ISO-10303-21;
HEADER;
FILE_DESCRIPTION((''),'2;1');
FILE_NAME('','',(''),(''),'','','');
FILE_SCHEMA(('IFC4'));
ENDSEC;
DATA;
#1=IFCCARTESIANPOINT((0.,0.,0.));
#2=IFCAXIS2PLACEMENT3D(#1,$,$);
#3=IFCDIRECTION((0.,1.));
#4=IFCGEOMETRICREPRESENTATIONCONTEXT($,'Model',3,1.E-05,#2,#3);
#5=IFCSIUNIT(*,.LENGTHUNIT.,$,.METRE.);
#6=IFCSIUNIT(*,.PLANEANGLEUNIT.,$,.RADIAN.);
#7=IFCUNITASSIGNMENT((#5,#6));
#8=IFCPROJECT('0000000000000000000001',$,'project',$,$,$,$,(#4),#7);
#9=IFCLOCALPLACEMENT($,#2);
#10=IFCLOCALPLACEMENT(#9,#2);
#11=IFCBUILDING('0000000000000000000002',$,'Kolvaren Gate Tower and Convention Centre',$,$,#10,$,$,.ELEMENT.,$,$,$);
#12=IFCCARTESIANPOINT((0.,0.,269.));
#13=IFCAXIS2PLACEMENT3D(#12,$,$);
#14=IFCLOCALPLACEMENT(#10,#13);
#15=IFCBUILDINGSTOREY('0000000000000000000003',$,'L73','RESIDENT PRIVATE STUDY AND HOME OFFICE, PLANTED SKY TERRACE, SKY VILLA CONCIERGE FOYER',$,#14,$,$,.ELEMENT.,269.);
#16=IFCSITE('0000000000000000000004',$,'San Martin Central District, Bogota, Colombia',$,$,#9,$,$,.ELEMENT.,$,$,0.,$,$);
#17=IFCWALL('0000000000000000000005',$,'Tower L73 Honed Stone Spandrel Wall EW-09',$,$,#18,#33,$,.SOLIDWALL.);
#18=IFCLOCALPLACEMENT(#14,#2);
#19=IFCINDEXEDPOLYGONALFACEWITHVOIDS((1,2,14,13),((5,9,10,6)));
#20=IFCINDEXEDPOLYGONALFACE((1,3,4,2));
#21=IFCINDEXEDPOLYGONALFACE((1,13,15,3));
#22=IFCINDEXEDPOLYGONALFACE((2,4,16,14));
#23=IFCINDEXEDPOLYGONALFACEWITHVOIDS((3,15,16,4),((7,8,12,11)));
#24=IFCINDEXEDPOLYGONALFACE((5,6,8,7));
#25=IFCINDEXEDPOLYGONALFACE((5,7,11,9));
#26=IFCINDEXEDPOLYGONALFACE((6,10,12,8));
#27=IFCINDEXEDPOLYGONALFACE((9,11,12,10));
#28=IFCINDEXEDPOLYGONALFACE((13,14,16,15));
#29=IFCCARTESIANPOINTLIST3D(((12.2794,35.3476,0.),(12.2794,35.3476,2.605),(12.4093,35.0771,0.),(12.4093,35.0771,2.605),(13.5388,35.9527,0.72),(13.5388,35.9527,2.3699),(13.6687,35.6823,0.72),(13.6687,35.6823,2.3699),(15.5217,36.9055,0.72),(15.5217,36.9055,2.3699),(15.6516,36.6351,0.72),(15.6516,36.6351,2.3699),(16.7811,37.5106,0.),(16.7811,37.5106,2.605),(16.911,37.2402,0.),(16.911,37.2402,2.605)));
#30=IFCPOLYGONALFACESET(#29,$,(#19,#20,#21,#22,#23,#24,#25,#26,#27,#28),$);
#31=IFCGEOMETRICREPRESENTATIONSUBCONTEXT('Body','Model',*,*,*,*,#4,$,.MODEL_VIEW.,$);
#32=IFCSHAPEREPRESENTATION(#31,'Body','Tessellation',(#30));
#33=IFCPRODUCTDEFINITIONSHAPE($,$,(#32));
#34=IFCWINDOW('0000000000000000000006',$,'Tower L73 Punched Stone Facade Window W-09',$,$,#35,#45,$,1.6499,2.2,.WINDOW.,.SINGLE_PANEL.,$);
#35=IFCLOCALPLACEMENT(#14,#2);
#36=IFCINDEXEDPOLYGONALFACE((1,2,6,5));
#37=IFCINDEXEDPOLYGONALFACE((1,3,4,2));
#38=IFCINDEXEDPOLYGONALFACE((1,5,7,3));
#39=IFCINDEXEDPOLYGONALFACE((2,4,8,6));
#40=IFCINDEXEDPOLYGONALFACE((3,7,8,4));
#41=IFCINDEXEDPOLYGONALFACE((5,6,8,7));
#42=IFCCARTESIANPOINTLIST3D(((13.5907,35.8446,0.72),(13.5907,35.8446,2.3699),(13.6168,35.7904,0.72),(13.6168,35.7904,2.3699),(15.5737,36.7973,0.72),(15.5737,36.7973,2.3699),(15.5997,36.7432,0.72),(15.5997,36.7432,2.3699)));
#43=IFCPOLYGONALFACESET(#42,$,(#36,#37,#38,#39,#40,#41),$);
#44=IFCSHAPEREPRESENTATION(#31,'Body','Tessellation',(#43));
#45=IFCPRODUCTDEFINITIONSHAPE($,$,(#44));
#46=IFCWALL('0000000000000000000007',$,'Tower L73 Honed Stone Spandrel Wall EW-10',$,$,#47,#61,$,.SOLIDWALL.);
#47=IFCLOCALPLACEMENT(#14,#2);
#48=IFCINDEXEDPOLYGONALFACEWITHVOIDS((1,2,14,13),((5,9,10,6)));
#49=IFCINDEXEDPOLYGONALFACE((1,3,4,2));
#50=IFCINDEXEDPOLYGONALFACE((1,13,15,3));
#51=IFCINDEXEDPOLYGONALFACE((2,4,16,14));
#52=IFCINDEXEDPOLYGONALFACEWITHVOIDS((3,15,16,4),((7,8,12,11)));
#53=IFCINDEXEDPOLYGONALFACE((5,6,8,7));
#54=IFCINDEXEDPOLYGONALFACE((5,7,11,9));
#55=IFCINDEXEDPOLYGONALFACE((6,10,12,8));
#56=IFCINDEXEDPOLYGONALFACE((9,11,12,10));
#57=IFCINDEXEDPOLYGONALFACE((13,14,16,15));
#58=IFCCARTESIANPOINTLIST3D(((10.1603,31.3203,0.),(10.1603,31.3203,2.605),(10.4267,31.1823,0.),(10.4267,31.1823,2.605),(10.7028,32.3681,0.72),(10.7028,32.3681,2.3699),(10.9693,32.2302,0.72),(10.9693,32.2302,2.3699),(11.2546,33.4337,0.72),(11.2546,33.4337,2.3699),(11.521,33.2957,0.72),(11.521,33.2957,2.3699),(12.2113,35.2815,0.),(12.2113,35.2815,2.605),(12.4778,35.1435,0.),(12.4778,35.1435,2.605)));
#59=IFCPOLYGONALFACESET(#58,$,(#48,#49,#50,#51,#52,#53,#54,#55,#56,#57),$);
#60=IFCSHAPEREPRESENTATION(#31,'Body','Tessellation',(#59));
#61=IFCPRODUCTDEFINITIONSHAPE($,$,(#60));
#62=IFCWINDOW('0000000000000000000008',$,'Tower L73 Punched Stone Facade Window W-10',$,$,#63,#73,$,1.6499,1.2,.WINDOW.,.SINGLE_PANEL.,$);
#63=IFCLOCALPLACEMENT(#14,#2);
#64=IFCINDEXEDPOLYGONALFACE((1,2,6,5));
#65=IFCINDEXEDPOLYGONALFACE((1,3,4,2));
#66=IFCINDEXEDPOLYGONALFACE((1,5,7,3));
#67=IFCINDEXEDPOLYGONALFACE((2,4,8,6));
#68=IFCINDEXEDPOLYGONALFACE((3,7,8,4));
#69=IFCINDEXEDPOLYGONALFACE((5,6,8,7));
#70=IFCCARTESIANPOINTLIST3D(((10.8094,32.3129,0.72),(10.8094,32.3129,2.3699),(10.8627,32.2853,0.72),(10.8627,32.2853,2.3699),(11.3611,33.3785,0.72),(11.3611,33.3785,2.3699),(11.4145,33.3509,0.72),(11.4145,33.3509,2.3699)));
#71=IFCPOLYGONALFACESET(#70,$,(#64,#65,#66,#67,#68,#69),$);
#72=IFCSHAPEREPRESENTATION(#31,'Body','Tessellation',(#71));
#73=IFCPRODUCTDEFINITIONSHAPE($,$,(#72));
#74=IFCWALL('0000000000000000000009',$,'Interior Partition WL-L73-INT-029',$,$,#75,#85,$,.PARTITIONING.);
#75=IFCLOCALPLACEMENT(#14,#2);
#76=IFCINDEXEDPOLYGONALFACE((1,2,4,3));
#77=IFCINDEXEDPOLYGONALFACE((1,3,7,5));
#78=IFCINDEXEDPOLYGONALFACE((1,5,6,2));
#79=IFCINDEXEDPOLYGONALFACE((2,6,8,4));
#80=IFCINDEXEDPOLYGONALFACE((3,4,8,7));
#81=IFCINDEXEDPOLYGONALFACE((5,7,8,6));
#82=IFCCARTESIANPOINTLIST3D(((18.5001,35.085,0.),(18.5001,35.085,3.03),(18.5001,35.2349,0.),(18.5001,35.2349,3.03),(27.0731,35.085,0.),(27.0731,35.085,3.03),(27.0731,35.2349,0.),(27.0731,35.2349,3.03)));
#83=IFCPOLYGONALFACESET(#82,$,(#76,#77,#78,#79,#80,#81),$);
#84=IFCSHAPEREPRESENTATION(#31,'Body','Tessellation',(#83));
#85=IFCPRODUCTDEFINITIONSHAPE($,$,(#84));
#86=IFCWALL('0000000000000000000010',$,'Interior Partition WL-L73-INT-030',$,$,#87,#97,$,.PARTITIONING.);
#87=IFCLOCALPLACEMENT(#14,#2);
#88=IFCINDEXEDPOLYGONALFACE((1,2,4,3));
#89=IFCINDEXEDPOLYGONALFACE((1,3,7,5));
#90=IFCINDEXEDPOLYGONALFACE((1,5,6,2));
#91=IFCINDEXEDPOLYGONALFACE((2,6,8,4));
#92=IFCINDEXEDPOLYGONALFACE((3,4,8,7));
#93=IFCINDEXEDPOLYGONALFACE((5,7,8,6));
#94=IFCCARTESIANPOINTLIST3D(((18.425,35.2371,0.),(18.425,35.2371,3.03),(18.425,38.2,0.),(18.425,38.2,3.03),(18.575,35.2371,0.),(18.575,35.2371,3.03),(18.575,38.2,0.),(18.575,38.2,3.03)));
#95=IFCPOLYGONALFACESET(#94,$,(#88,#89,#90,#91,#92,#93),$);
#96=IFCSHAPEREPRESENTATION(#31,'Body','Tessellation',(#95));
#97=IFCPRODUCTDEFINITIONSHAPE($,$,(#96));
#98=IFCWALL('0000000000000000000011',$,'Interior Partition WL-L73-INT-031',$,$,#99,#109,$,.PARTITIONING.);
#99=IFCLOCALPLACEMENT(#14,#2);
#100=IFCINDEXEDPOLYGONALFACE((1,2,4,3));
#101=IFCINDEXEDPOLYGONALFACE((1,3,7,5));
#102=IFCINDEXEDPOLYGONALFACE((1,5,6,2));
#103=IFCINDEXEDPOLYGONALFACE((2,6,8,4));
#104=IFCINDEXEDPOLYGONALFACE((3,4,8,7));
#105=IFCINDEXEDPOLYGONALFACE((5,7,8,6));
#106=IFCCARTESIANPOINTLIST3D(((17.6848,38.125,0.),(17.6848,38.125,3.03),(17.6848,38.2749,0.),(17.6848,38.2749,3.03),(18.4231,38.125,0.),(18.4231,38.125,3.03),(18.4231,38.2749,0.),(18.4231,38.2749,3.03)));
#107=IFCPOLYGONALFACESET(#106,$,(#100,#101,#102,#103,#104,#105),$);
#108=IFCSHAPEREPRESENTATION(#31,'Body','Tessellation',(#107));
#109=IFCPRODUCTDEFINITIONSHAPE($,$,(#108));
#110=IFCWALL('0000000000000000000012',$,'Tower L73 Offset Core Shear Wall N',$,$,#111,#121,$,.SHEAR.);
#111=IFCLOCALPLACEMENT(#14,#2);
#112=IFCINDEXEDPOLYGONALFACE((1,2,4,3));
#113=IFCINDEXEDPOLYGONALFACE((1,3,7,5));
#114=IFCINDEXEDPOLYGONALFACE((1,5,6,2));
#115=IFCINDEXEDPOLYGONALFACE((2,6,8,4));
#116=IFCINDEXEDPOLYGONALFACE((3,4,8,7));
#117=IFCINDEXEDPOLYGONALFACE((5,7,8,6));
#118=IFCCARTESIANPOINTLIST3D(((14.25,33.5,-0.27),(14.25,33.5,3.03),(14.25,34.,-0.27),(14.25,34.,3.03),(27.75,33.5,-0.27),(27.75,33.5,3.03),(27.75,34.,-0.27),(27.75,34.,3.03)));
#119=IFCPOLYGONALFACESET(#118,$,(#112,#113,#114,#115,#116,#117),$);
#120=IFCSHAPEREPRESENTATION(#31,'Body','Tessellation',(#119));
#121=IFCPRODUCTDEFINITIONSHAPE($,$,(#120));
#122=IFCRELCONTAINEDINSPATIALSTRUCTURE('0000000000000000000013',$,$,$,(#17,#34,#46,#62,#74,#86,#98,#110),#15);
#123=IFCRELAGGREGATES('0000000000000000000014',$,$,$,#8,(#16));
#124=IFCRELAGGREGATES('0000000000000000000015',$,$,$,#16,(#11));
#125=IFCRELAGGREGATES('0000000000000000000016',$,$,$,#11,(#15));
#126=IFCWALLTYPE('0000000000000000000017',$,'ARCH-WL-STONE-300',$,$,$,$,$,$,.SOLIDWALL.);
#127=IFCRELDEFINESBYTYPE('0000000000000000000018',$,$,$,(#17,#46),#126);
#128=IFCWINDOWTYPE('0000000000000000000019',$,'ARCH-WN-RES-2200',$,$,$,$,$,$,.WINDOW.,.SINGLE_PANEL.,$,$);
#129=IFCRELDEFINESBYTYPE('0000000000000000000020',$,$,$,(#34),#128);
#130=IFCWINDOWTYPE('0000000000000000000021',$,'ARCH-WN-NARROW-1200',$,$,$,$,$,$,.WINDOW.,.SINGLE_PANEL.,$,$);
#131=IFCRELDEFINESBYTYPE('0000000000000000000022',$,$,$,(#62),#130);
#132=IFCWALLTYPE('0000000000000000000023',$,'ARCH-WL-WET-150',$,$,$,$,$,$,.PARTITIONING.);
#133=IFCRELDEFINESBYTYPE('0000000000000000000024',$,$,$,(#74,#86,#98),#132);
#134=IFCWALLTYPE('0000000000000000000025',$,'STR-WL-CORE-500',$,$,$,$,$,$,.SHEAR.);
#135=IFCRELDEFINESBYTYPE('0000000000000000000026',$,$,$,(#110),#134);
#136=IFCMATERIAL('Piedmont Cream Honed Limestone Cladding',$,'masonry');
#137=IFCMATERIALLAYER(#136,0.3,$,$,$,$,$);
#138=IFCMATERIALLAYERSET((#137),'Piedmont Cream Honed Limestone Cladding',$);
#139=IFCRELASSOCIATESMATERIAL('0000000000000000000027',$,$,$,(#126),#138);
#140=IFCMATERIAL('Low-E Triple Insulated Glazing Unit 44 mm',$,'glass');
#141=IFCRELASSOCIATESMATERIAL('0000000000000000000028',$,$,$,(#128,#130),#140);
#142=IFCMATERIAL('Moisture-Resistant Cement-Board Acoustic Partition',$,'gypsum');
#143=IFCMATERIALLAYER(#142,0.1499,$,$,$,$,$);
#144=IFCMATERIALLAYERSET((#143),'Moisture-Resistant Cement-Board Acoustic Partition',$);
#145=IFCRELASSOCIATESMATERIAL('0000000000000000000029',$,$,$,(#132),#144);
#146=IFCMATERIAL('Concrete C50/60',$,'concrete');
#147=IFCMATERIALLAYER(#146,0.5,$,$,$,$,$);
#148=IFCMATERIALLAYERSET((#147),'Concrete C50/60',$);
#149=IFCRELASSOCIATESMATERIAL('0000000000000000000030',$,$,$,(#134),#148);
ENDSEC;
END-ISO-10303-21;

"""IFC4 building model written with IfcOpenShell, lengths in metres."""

from ifc_helpers import new_model, si_unit, direction, frame, frame_2d, origin, place, context, subcontext, project, spatial, rectangle, extrude, material, layer, layer_set, type_object, element, fill, save


model = new_model("IFC4")

# Units and contexts
model_context = context("Model", 3, precision=1e-05, world=origin(), true_north=direction((0.0, 1.0)))
body_context = subcontext(model_context, "Body", "Model", "MODEL_VIEW")
ifc_project = project(units=[si_unit("LENGTHUNIT", "METRE"), si_unit("PLANEANGLEUNIT", "RADIAN")], contexts=[model_context])

# Site, building, storey
site_placement = place(None, origin())
site = spatial("IfcSite", under=ifc_project, at=site_placement, Name="San Martin Central District, Bogota, Colombia", CompositionType="ELEMENT", RefElevation=0.0)
building_placement = place(site_placement, origin())
building = spatial("IfcBuilding", under=site, at=building_placement, Name="Kolvaren Gate Tower and Convention Centre", CompositionType="ELEMENT")
storey_placement = place(building_placement, frame((0.0, 0.0, 269.0)))
storey = spatial("IfcBuildingStorey", under=building, at=storey_placement, Name="L73", Description="RESIDENT PRIVATE STUDY AND HOME OFFICE, PLANTED SKY TERRACE, SKY VILLA CONCIERGE FOYER", CompositionType="ELEMENT", Elevation=269.0)

# Walls, openings, windows
ifc_material_1 = material(Name="Piedmont Cream Honed Limestone Cladding", Category="masonry")
ifc_layer_1 = layer(ifc_material_1, 0.3)
ifc_layer_set_1 = layer_set([ifc_layer_1], Name="Piedmont Cream Honed Limestone Cladding")
wall_type_1 = type_object("IfcWallType", Name="ARCH-WL-STONE-300", PredefinedType="SOLIDWALL", material=ifc_layer_set_1)
ifc_material_2 = material(Name="Low-E Triple Insulated Glazing Unit 44 mm", Category="glass")
window_type_1 = type_object("IfcWindowType", Name="ARCH-WN-RES-2200", PartitioningType="SINGLE_PANEL", PredefinedType="WINDOW", material=ifc_material_2)
wall_1_placement = place(storey_placement, frame((12.3445, 35.2124, 0.0), z_axis=(0.0, 0.0, 1.0), x_axis=(0.901346, 0.4331, 0.0)))
wall_1 = element("IfcWall", 1, at=wall_1_placement, inside=storey, type_object=wall_type_1, Name="Tower L73 Honed Stone Spandrel Wall EW-09", PredefinedType="SOLIDWALL", context=body_context, shape_type="SweptSolid", body=[
    extrude(rectangle(XDim=4.9944, YDim=0.3, at=frame_2d((2.4971, 0.0))), origin(), (0.0, 0.0, 1.0), 2.605),
])
opening_1_placement = place(wall_1_placement, frame((1.397, 0.0, 0.72)))
opening_1 = element("IfcOpeningElement", 2, at=opening_1_placement, cuts=wall_1, PredefinedType="OPENING", context=body_context, shape_type="SweptSolid", body=[
    extrude(rectangle(XDim=2.2, YDim=1.6499, at=frame_2d((1.1001, 0.825))), frame((0.0, 0.1599, 0.0), z_axis=(0.0, -1.0, 0.0), x_axis=(1.0, 0.0, 0.0)), (0.0, 0.0, 1.0), 0.3201),
])
window_1_placement = place(opening_1_placement, origin())
window_1 = element("IfcWindow", 3, at=window_1_placement, inside=storey, type_object=window_type_1, Name="Tower L73 Punched Stone Facade Window W-09", OverallHeight=1.6499, OverallWidth=2.2, PartitioningType="SINGLE_PANEL", PredefinedType="WINDOW", context=body_context, shape_type="SweptSolid", body=[
    extrude(rectangle(XDim=2.2, YDim=1.6499, at=frame_2d((1.1001, 0.825))), frame((0.0, 0.03, 0.0), z_axis=(0.0, -1.0, 0.0), x_axis=(1.0, 0.0, 0.0)), (0.0, 0.0, 1.0), 0.0601),
])
fill(opening_1, window_1)
wall_2_placement = place(storey_placement, frame((10.2935, 31.2512, 0.0), z_axis=(0.0, 0.0, 1.0), x_axis=(0.459801, 0.888022, 0.0)))
wall_2 = element("IfcWall", 4, at=wall_2_placement, inside=storey, type_object=wall_type_1, Name="Tower L73 Honed Stone Spandrel Wall EW-10", PredefinedType="SOLIDWALL", context=body_context, shape_type="SweptSolid", body=[
    extrude(rectangle(XDim=4.4607, YDim=0.3, at=frame_2d((2.2305, 0.0))), origin(), (0.0, 0.0, 1.0), 2.605),
])
opening_2_placement = place(wall_2_placement, frame((1.1799, 0.0, 0.72)))
opening_2 = element("IfcOpeningElement", 5, at=opening_2_placement, cuts=wall_2, PredefinedType="OPENING", context=body_context, shape_type="SweptSolid", body=[
    extrude(rectangle(XDim=1.2, YDim=1.6499, at=frame_2d((0.6001, 0.825))), frame((0.0, 0.1599, 0.0), z_axis=(0.0, -1.0, 0.0), x_axis=(1.0, 0.0, 0.0)), (0.0, 0.0, 1.0), 0.3201),
])
window_type_2 = type_object("IfcWindowType", Name="ARCH-WN-NARROW-1200", PartitioningType="SINGLE_PANEL", PredefinedType="WINDOW", material=ifc_material_2)
window_2_placement = place(opening_2_placement, origin())
window_2 = element("IfcWindow", 6, at=window_2_placement, inside=storey, type_object=window_type_2, Name="Tower L73 Punched Stone Facade Window W-10", OverallHeight=1.6499, OverallWidth=1.2, PartitioningType="SINGLE_PANEL", PredefinedType="WINDOW", context=body_context, shape_type="SweptSolid", body=[
    extrude(rectangle(XDim=1.2, YDim=1.6499, at=frame_2d((0.6001, 0.825))), frame((0.0, 0.03, 0.0), z_axis=(0.0, -1.0, 0.0), x_axis=(1.0, 0.0, 0.0)), (0.0, 0.0, 1.0), 0.0601),
])
fill(opening_2, window_2)

# Walls
ifc_material_3 = material(Name="Moisture-Resistant Cement-Board Acoustic Partition", Category="gypsum")
ifc_layer_2 = layer(ifc_material_3, 0.1499)
ifc_layer_set_2 = layer_set([ifc_layer_2], Name="Moisture-Resistant Cement-Board Acoustic Partition")
wall_type_2 = type_object("IfcWallType", Name="ARCH-WL-WET-150", PredefinedType="PARTITIONING", material=ifc_layer_set_2)
wall_3_placement = place(storey_placement, frame((18.5, 35.1599, 0.0), z_axis=(0.0, 0.0, 1.0), x_axis=(1.0, 0.0, 0.0)))
element("IfcWall", 7, at=wall_3_placement, inside=storey, type_object=wall_type_2, Name="Interior Partition WL-L73-INT-029", PredefinedType="PARTITIONING", context=body_context, shape_type="SweptSolid", body=[
    extrude(rectangle(XDim=8.573, YDim=0.1499, at=frame_2d((4.2866, 0.0))), origin(), (0.0, 0.0, 1.0), 3.03),
])
wall_4_placement = place(storey_placement, frame((18.5, 35.2371, 0.0), z_axis=(0.0, 0.0, 1.0), x_axis=(0.0, 1.0, 0.0)))
element("IfcWall", 8, at=wall_4_placement, inside=storey, type_object=wall_type_2, Name="Interior Partition WL-L73-INT-030", PredefinedType="PARTITIONING", context=body_context, shape_type="SweptSolid", body=[
    extrude(rectangle(XDim=2.9629, YDim=0.1499, at=frame_2d((1.4814, 0.0))), origin(), (0.0, 0.0, 1.0), 3.03),
])
wall_5_placement = place(storey_placement, frame((17.6848, 38.2, 0.0), z_axis=(0.0, 0.0, 1.0), x_axis=(1.0, 0.0, 0.0)))
element("IfcWall", 9, at=wall_5_placement, inside=storey, type_object=wall_type_2, Name="Interior Partition WL-L73-INT-031", PredefinedType="PARTITIONING", context=body_context, shape_type="SweptSolid", body=[
    extrude(rectangle(XDim=0.7383, YDim=0.1499, at=frame_2d((0.3691, 0.0))), origin(), (0.0, 0.0, 1.0), 3.03),
])
ifc_material_4 = material(Name="Concrete C50/60", Category="concrete")
ifc_layer_3 = layer(ifc_material_4, 0.5)
ifc_layer_set_3 = layer_set([ifc_layer_3], Name="Concrete C50/60")
wall_type_3 = type_object("IfcWallType", Name="STR-WL-CORE-500", PredefinedType="SHEAR", material=ifc_layer_set_3)
wall_6_placement = place(storey_placement, frame((14.25, 33.75, -0.27), z_axis=(0.0, 0.0, 1.0), x_axis=(1.0, 0.0, 0.0)))
element("IfcWall", 10, at=wall_6_placement, inside=storey, type_object=wall_type_3, Name="Tower L73 Offset Core Shear Wall N", PredefinedType="SHEAR", context=body_context, shape_type="SweptSolid", body=[
    extrude(rectangle(XDim=13.5, YDim=0.5, at=frame_2d((6.75, 0.0))), origin(), (0.0, 0.0, 1.0), 3.3),
])

save(model, "model.ifc")
